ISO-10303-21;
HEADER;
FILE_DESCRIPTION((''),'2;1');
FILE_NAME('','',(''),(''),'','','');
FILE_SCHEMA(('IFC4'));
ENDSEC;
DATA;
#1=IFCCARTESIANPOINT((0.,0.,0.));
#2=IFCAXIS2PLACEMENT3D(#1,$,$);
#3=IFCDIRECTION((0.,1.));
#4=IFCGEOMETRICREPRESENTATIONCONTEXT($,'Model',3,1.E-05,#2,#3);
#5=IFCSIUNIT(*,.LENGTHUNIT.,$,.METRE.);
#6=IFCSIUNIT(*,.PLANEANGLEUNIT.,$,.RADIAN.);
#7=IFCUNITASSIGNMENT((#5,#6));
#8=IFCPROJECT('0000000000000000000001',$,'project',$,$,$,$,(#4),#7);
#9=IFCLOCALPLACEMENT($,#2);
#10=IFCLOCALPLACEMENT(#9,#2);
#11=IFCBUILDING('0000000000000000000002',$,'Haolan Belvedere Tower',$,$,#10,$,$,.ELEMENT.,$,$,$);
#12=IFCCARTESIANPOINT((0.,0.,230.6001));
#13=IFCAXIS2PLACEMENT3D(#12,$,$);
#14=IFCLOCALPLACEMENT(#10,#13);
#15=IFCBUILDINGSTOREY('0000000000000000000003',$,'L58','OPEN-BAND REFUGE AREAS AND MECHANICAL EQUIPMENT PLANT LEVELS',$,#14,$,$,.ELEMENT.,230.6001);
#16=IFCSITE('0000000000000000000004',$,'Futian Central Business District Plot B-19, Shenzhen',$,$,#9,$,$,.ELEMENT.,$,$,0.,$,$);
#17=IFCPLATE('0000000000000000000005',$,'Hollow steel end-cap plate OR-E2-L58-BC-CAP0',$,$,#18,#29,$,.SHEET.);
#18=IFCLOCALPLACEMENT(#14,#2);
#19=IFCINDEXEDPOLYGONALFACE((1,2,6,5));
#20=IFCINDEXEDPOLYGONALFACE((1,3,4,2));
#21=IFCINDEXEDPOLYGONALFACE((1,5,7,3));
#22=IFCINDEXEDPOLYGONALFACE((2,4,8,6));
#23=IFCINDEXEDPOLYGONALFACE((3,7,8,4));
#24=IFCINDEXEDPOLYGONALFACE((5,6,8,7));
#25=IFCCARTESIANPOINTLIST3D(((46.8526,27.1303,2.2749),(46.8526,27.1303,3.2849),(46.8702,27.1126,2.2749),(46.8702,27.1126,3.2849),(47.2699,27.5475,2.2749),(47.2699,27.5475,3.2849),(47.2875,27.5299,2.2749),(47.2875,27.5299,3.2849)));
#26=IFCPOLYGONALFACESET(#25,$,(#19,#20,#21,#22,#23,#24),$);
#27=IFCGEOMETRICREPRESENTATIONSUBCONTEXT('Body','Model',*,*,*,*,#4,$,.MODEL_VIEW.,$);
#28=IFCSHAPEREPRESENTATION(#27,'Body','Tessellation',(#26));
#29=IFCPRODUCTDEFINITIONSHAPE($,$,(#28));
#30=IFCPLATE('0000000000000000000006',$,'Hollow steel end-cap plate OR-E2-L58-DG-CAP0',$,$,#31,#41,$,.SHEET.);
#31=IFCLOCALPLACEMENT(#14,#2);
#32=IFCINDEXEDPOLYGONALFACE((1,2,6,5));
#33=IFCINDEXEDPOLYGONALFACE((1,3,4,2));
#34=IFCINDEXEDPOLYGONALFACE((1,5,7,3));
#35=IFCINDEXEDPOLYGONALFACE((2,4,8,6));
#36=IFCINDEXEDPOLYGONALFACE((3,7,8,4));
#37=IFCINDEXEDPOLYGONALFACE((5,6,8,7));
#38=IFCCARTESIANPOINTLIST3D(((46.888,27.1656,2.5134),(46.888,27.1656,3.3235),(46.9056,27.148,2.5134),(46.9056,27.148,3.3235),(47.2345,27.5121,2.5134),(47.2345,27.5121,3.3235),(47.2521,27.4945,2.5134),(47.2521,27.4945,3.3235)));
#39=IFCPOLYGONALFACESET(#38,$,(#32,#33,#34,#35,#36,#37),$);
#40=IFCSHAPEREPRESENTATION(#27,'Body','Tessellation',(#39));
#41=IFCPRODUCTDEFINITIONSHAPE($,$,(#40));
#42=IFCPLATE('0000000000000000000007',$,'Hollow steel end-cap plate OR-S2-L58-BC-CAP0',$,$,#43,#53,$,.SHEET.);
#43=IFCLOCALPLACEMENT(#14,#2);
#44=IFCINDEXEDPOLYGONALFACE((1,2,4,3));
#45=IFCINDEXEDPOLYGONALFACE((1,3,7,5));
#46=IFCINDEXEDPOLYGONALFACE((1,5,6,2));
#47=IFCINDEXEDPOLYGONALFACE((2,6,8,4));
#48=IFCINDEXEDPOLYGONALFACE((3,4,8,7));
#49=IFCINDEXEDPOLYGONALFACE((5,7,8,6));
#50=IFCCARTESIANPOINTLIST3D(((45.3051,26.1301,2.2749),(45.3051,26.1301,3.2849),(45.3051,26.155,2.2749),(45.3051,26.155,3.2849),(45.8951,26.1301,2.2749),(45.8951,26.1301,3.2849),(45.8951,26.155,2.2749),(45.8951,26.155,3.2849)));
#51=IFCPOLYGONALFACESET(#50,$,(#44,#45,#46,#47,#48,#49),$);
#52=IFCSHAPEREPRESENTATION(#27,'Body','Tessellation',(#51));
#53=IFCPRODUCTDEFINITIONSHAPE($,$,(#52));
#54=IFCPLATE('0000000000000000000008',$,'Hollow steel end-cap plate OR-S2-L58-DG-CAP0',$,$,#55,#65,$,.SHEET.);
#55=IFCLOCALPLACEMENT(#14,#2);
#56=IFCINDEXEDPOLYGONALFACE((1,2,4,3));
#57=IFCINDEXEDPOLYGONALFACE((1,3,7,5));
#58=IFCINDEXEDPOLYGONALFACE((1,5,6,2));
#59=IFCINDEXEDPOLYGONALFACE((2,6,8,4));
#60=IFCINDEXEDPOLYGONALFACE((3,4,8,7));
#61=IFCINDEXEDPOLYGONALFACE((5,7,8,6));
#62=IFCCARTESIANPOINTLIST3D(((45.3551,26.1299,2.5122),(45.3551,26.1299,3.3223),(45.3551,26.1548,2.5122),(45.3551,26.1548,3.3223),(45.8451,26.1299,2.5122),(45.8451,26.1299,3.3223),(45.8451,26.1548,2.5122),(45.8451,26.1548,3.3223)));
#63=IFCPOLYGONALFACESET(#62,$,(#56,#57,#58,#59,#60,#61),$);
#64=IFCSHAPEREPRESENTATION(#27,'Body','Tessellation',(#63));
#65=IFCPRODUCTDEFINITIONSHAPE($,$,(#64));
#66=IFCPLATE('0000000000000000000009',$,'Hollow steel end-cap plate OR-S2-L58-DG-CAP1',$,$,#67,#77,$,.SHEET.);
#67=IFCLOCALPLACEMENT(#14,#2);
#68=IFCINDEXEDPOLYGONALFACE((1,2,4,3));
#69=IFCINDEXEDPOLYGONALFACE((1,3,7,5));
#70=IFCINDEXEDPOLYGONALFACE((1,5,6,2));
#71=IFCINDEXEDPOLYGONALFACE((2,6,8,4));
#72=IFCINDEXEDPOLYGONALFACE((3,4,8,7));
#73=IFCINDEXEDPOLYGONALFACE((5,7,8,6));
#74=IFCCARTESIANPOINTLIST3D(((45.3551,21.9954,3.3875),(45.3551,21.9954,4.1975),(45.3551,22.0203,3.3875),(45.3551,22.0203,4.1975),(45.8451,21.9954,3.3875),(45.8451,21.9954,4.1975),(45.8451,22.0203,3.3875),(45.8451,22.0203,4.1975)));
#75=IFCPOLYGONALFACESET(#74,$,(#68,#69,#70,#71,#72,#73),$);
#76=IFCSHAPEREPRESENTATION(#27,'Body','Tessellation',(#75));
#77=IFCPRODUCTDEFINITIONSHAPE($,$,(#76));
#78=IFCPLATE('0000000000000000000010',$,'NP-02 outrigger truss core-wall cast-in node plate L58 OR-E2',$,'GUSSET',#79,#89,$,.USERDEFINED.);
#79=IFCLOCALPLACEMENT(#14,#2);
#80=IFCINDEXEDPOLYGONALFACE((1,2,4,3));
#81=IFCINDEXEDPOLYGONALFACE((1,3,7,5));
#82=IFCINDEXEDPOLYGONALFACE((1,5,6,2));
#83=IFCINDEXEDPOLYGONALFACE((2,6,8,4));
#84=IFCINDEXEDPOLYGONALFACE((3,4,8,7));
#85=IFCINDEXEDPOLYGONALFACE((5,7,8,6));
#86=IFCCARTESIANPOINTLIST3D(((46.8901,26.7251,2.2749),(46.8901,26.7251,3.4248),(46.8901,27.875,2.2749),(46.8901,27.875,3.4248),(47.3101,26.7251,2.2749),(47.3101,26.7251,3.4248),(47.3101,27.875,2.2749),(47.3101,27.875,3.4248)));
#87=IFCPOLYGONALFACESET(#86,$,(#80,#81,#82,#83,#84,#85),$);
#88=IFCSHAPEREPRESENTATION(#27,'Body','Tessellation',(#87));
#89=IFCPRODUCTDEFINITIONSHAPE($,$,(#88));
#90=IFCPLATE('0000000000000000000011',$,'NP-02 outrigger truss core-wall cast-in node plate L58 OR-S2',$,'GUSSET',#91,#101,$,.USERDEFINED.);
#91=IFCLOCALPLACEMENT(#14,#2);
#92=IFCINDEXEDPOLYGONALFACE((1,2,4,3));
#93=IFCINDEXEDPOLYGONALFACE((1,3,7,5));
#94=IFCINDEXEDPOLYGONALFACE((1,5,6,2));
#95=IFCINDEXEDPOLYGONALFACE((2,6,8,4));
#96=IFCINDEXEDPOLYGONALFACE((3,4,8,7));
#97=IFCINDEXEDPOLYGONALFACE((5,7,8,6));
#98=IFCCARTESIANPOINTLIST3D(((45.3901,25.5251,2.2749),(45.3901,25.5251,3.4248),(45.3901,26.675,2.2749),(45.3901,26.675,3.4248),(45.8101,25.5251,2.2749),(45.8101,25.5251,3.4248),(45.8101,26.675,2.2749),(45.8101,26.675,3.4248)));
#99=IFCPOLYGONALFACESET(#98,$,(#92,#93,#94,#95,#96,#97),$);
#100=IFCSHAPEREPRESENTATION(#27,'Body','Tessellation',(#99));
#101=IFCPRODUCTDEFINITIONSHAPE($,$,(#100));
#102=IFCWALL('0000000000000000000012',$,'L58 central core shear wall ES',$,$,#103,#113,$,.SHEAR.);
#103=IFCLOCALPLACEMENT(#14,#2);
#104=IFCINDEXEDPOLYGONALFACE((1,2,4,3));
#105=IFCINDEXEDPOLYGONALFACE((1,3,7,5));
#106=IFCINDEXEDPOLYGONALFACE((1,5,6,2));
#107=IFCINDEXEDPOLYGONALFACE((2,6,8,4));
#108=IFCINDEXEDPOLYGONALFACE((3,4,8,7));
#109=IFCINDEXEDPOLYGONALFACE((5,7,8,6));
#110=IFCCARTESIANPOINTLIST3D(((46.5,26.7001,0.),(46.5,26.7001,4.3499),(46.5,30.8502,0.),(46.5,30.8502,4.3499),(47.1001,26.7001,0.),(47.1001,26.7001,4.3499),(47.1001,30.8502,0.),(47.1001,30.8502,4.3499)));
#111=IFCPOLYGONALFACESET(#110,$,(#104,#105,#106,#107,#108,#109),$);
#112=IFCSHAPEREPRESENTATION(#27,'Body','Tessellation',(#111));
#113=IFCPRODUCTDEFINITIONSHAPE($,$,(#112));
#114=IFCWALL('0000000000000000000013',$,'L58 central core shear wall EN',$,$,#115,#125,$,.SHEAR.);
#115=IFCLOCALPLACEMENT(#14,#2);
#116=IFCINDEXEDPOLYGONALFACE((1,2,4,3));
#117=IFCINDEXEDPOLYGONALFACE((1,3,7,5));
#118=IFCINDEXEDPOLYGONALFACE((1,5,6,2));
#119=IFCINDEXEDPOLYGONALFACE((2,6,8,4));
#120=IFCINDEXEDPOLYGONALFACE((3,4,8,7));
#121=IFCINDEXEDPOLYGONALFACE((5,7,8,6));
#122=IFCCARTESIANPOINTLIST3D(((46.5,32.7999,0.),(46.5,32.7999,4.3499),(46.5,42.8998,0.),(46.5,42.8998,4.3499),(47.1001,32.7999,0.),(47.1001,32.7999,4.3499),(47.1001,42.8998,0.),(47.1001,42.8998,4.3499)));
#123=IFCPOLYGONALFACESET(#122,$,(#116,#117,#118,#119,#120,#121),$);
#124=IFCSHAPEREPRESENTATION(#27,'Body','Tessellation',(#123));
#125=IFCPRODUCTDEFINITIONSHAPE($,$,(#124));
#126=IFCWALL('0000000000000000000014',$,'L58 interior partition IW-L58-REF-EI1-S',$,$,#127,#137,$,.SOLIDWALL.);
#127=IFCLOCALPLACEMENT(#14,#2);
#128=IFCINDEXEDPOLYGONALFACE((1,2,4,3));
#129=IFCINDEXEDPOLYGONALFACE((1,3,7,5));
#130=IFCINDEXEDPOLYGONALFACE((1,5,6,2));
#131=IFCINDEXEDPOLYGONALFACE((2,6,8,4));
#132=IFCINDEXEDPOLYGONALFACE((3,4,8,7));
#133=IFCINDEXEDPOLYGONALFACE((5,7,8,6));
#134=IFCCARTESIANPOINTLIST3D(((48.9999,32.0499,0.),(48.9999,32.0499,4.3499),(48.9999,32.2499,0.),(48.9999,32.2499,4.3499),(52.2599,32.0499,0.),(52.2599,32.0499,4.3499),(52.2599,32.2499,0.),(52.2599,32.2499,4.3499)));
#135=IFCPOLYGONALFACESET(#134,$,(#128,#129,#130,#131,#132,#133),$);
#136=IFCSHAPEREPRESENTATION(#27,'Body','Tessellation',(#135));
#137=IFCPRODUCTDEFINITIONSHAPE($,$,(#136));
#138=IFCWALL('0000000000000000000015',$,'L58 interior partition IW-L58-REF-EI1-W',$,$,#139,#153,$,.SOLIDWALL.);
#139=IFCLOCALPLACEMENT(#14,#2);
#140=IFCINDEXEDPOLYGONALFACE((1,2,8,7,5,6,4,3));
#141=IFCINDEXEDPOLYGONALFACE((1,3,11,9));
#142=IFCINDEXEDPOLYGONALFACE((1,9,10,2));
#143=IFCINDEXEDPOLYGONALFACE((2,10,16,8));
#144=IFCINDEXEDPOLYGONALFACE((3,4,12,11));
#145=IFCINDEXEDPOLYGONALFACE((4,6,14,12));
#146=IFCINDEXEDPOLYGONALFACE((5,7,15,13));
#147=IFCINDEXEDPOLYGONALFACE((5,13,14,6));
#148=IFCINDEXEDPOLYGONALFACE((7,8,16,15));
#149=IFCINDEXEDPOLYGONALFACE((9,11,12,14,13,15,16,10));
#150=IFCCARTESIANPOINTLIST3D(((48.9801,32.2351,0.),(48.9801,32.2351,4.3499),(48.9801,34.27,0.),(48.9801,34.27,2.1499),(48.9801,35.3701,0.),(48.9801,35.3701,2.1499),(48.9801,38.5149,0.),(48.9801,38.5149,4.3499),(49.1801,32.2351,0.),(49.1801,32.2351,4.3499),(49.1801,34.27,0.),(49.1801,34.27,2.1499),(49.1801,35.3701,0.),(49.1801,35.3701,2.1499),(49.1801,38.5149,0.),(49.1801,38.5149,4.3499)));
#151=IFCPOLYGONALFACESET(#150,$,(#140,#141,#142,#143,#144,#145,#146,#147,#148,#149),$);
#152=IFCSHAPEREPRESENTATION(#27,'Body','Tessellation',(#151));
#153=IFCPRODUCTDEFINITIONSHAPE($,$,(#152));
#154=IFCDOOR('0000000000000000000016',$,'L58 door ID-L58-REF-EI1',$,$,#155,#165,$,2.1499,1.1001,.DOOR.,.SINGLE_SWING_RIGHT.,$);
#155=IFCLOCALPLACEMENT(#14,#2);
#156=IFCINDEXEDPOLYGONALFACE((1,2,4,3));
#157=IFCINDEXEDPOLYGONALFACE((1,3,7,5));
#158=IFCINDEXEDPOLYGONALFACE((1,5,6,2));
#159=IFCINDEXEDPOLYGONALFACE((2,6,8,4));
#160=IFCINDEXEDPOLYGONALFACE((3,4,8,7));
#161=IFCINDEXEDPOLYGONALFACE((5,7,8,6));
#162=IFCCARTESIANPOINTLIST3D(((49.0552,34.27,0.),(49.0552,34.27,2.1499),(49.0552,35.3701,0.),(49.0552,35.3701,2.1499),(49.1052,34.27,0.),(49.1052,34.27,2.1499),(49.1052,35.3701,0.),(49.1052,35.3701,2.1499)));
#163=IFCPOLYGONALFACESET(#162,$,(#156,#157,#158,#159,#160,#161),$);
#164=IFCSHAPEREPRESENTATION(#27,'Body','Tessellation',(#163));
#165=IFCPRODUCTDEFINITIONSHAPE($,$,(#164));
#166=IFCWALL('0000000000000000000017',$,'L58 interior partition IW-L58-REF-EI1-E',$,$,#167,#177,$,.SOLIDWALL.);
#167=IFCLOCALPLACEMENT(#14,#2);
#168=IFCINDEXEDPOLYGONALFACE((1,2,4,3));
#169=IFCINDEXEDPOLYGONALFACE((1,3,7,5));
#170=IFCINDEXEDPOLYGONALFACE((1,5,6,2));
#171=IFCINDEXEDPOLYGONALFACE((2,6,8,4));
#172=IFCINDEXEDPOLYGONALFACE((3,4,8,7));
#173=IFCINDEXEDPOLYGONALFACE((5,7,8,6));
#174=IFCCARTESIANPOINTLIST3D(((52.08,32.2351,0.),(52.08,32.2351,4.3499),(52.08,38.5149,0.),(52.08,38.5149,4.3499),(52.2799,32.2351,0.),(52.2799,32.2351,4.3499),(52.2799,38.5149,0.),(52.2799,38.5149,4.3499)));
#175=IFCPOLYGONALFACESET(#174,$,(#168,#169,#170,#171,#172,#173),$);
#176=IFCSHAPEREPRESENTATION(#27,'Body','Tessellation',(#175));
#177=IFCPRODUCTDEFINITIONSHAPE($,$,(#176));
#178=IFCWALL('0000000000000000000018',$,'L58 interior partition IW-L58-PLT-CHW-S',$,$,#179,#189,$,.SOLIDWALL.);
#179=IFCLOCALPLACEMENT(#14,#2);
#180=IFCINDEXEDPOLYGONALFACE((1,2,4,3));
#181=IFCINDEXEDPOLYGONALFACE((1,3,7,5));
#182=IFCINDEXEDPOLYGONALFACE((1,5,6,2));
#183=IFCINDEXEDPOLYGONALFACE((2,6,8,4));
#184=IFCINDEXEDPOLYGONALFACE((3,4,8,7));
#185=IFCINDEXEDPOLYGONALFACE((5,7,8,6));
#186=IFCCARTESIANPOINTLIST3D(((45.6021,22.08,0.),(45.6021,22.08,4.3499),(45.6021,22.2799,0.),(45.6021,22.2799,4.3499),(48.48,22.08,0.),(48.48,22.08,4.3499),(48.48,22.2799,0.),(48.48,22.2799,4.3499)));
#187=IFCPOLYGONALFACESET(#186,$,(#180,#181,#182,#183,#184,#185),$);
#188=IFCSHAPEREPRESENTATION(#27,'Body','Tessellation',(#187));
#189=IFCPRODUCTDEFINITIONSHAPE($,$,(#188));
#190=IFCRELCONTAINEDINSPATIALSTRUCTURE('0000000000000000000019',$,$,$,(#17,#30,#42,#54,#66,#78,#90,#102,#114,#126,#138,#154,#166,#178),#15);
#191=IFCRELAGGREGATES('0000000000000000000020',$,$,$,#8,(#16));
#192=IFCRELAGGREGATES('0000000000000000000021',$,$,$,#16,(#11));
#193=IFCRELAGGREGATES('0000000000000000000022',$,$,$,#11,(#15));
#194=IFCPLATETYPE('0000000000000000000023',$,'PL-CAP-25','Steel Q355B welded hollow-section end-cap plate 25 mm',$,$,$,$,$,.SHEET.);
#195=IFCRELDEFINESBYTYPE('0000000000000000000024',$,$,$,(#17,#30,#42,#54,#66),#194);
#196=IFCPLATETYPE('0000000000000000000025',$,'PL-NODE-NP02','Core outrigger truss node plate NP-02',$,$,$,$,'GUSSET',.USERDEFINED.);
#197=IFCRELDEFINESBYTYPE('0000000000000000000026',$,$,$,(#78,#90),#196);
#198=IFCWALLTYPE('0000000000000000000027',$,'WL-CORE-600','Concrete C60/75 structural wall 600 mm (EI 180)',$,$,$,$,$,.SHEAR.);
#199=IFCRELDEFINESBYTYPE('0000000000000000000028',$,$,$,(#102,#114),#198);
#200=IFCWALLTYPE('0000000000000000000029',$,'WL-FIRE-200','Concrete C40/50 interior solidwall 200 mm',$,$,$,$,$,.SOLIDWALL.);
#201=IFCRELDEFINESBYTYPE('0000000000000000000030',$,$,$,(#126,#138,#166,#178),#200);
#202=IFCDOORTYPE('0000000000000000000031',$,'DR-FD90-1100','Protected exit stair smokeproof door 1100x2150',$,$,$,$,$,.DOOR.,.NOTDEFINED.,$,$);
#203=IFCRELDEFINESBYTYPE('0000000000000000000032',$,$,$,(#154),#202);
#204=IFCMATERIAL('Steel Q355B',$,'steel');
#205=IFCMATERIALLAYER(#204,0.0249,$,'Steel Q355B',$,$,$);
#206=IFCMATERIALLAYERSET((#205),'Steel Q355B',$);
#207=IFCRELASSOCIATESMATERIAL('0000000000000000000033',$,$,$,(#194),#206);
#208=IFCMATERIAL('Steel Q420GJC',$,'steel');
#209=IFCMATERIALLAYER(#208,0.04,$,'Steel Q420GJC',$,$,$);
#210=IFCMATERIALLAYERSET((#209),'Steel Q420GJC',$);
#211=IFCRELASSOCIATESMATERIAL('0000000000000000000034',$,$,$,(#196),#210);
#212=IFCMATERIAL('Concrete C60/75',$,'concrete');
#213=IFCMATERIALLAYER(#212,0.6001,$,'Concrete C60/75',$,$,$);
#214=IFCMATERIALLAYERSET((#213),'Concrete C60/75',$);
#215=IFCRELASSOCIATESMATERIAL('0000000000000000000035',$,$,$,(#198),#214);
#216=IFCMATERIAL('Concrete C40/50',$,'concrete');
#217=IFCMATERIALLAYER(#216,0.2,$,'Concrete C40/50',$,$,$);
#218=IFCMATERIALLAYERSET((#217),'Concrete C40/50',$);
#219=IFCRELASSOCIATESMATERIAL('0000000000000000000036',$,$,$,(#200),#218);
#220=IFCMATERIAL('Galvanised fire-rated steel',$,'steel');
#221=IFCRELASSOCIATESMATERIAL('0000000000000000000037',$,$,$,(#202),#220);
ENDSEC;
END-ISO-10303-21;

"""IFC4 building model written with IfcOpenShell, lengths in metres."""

from ifc_helpers import new_model, si_unit, direction, frame, frame_2d, origin, origin_2d, place, context, subcontext, project, spatial, rectangle, extrude, material, layer, layer_set, type_object, element, fill, save


model = new_model("IFC4")

# Units and contexts
model_context = context("Model", 3, precision=1e-05, world=origin(), true_north=direction((0.0, 1.0)))
body_context = subcontext(model_context, "Body", "Model", "MODEL_VIEW")
ifc_project = project(units=[si_unit("LENGTHUNIT", "METRE"), si_unit("PLANEANGLEUNIT", "RADIAN")], contexts=[model_context])

# Site, building, storey
site_placement = place(None, origin())
site = spatial("IfcSite", under=ifc_project, at=site_placement, Name="Futian Central Business District Plot B-19, Shenzhen", CompositionType="ELEMENT", RefElevation=0.0)
building_placement = place(site_placement, origin())
building = spatial("IfcBuilding", under=site, at=building_placement, Name="Haolan Belvedere Tower", CompositionType="ELEMENT")
storey_placement = place(building_placement, frame((0.0, 0.0, 230.6001)))
storey = spatial("IfcBuildingStorey", under=building, at=storey_placement, Name="L58", Description="OPEN-BAND REFUGE AREAS AND MECHANICAL EQUIPMENT PLANT LEVELS", CompositionType="ELEMENT", Elevation=230.6001)

# Shared definitions
ifc_material_1 = material(Name="Steel Q420GJC", Category="steel")
ifc_material_2 = material(Name="Steel Q355B", Category="steel")
ifc_material_3 = material(Name="Concrete C60/75", Category="concrete")

# Plates
ifc_layer_1 = layer(ifc_material_2, 0.0249, Name="Steel Q355B")
ifc_layer_set_1 = layer_set([ifc_layer_1], Name="Steel Q355B")
plate_type_1 = type_object("IfcPlateType", Name="PL-CAP-25", Description="Steel Q355B welded hollow-section end-cap plate 25 mm", PredefinedType="SHEET", material=ifc_layer_set_1)
plate_1_placement = place(storey_placement, frame((47.0701, 27.3301, 2.2749), z_axis=(0.0, 0.0, 1.0), x_axis=(-0.707107, -0.707107, 0.0)))
element("IfcPlate", 1, at=plate_1_placement, inside=storey, type_object=plate_type_1, Name="Hollow steel end-cap plate OR-E2-L58-BC-CAP0", PredefinedType="SHEET", context=body_context, shape_type="SweptSolid", body=[
    extrude(rectangle(XDim=0.5901, YDim=0.0249, at=origin_2d()), origin(), (0.0, 0.0, 1.0), 1.01),
])
plate_2_placement = place(storey_placement, frame((47.0701, 27.3301, 2.5134), z_axis=(0.0, 0.0, 1.0), x_axis=(-0.707107, -0.707107, 0.0)))
element("IfcPlate", 2, at=plate_2_placement, inside=storey, type_object=plate_type_1, Name="Hollow steel end-cap plate OR-E2-L58-DG-CAP0", PredefinedType="SHEET", context=body_context, shape_type="SweptSolid", body=[
    extrude(rectangle(XDim=0.49, YDim=0.0249, at=origin_2d()), origin(), (0.0, 0.0, 1.0), 0.8101),
])
plate_3_placement = place(storey_placement, frame((45.6001, 26.1426, 2.2749), z_axis=(0.0, 0.0, 1.0), x_axis=(-1.0, 0.0, 0.0)))
element("IfcPlate", 3, at=plate_3_placement, inside=storey, type_object=plate_type_1, Name="Hollow steel end-cap plate OR-S2-L58-BC-CAP0", PredefinedType="SHEET", context=body_context, shape_type="SweptSolid", body=[
    extrude(rectangle(XDim=0.5901, YDim=0.0249, at=origin_2d()), origin(), (0.0, 0.0, 1.0), 1.01),
])
for number, where, z_axis, x_axis, name in (
    (4, (45.6001, 26.1423, 2.5122), (0.0, 0.0, 1.0), (-1.0, 0.0, 0.0), "Hollow steel end-cap plate OR-S2-L58-DG-CAP0"),
    (5, (45.6001, 22.0078, 3.3875), (0.0, 0.0, 1.0), (1.0, 0.0, 0.0), "Hollow steel end-cap plate OR-S2-L58-DG-CAP1"),
):
    element("IfcPlate", number, at=place(storey_placement, frame(where, z_axis=z_axis, x_axis=x_axis)), inside=storey, type_object=plate_type_1, Name=name, PredefinedType="SHEET", context=body_context, shape_type="SweptSolid", body=[
        extrude(rectangle(XDim=0.49, YDim=0.0249, at=origin_2d()), origin(), (0.0, 0.0, 1.0), 0.8101),
    ])
ifc_layer_2 = layer(ifc_material_1, 0.04, Name="Steel Q420GJC")
ifc_layer_set_2 = layer_set([ifc_layer_2], Name="Steel Q420GJC")
plate_type_2 = type_object("IfcPlateType", Name="PL-NODE-NP02", Description="Core outrigger truss node plate NP-02", ElementType="GUSSET", PredefinedType="USERDEFINED", material=ifc_layer_set_2)
for number, where, z_axis, x_axis, name in (
    (6, (47.1001, 27.3, 2.2749), (0.0, 0.0, 1.0), (1.0, 0.0, 0.0), "NP-02 outrigger truss core-wall cast-in node plate L58 OR-E2"),
    (7, (45.6001, 26.1001, 2.2749), (0.0, 0.0, 1.0), (1.0, 0.0, 0.0), "NP-02 outrigger truss core-wall cast-in node plate L58 OR-S2"),
):
    element("IfcPlate", number, at=place(storey_placement, frame(where, z_axis=z_axis, x_axis=x_axis)), inside=storey, type_object=plate_type_2, Name=name, ObjectType="GUSSET", PredefinedType="USERDEFINED", context=body_context, shape_type="SweptSolid", body=[
        extrude(rectangle(XDim=0.4199, YDim=1.1499, at=origin_2d()), origin(), (0.0, 0.0, 1.0), 1.1499),
    ])

# Walls
ifc_layer_3 = layer(ifc_material_3, 0.6001, Name="Concrete C60/75")
ifc_layer_set_3 = layer_set([ifc_layer_3], Name="Concrete C60/75")
wall_type_1 = type_object("IfcWallType", Name="WL-CORE-600", Description="Concrete C60/75 structural wall 600 mm (EI 180)", PredefinedType="SHEAR", material=ifc_layer_set_3)
wall_1_placement = place(storey_placement, frame((46.8, 26.7, 0.0), z_axis=(0.0, 0.0, 1.0), x_axis=(0.0, 1.0, 0.0)))
element("IfcWall", 8, at=wall_1_placement, inside=storey, type_object=wall_type_1, Name="L58 central core shear wall ES", PredefinedType="SHEAR", context=body_context, shape_type="SweptSolid", body=[
    extrude(rectangle(XDim=4.1501, YDim=0.6001, at=frame_2d((2.0752, 0.0))), origin(), (0.0, 0.0, 1.0), 4.3499),
])
wall_2_placement = place(storey_placement, frame((46.8, 32.8, 0.0), z_axis=(0.0, 0.0, 1.0), x_axis=(0.0, 1.0, 0.0)))
element("IfcWall", 9, at=wall_2_placement, inside=storey, type_object=wall_type_1, Name="L58 central core shear wall EN", PredefinedType="SHEAR", context=body_context, shape_type="SweptSolid", body=[
    extrude(rectangle(XDim=10.0999, YDim=0.6001, at=frame_2d((5.0498, 0.0))), origin(), (0.0, 0.0, 1.0), 4.3499),
])
ifc_material_4 = material(Name="Concrete C40/50", Category="concrete")
ifc_layer_4 = layer(ifc_material_4, 0.2, Name="Concrete C40/50")
ifc_layer_set_4 = layer_set([ifc_layer_4], Name="Concrete C40/50")
wall_type_2 = type_object("IfcWallType", Name="WL-FIRE-200", Description="Concrete C40/50 interior solidwall 200 mm", PredefinedType="SOLIDWALL", material=ifc_layer_set_4)
wall_3_placement = place(storey_placement, frame((49.0, 32.1499, 0.0), z_axis=(0.0, 0.0, 1.0), x_axis=(1.0, 0.0, 0.0)))
element("IfcWall", 10, at=wall_3_placement, inside=storey, type_object=wall_type_2, Name="L58 interior partition IW-L58-REF-EI1-S", PredefinedType="SOLIDWALL", context=body_context, shape_type="SweptSolid", body=[
    extrude(rectangle(XDim=3.26, YDim=0.2, at=frame_2d((1.6299, 0.0))), origin(), (0.0, 0.0, 1.0), 4.3499),
])

# Wall, opening, door
wall_4_placement = place(storey_placement, frame((49.0801, 32.2351, 0.0), z_axis=(0.0, 0.0, 1.0), x_axis=(0.0, 1.0, 0.0)))
wall_4 = element("IfcWall", 11, at=wall_4_placement, inside=storey, type_object=wall_type_2, Name="L58 interior partition IW-L58-REF-EI1-W", PredefinedType="SOLIDWALL", context=body_context, shape_type="SweptSolid", body=[
    extrude(rectangle(XDim=6.2798, YDim=0.2, at=frame_2d((3.1399, 0.0))), origin(), (0.0, 0.0, 1.0), 4.3499),
])
opening_placement = place(wall_4_placement, frame((2.0349, 0.0, 0.0)))
opening = element("IfcOpeningElement", 12, at=opening_placement, cuts=wall_4, PredefinedType="OPENING", context=body_context, shape_type="SweptSolid", body=[
    extrude(rectangle(XDim=1.1001, YDim=2.1499, at=frame_2d((0.55, 1.075))), frame((0.0, 0.1099, 0.0), z_axis=(0.0, -1.0, 0.0), x_axis=(1.0, 0.0, 0.0)), (0.0, 0.0, 1.0), 0.22),
])
ifc_material_5 = material(Name="Galvanised fire-rated steel", Category="steel")
door_type = type_object("IfcDoorType", Name="DR-FD90-1100", Description="Protected exit stair smokeproof door 1100x2150", OperationType="NOTDEFINED", PredefinedType="DOOR", material=ifc_material_5)
door_placement = place(opening_placement, origin())
door = element("IfcDoor", 13, at=door_placement, inside=storey, type_object=door_type, Name="L58 door ID-L58-REF-EI1", OperationType="SINGLE_SWING_RIGHT", OverallHeight=2.1499, OverallWidth=1.1001, PredefinedType="DOOR", context=body_context, shape_type="SweptSolid", body=[
    extrude(rectangle(XDim=1.1001, YDim=2.1499, at=frame_2d((0.55, 1.075))), frame((0.0, 0.0249, 0.0), z_axis=(0.0, -1.0, 0.0), x_axis=(1.0, 0.0, 0.0)), (0.0, 0.0, 1.0), 0.05),
])
fill(opening, door)

# Walls
wall_5_placement = place(storey_placement, frame((52.1799, 32.2351, 0.0), z_axis=(0.0, 0.0, 1.0), x_axis=(0.0, 1.0, 0.0)))
element("IfcWall", 14, at=wall_5_placement, inside=storey, type_object=wall_type_2, Name="L58 interior partition IW-L58-REF-EI1-E", PredefinedType="SOLIDWALL", context=body_context, shape_type="SweptSolid", body=[
    extrude(rectangle(XDim=6.2798, YDim=0.2, at=frame_2d((3.1399, 0.0))), origin(), (0.0, 0.0, 1.0), 4.3499),
])
wall_6_placement = place(storey_placement, frame((45.6021, 22.1799, 0.0), z_axis=(0.0, 0.0, 1.0), x_axis=(1.0, 0.0, 0.0)))
element("IfcWall", 15, at=wall_6_placement, inside=storey, type_object=wall_type_2, Name="L58 interior partition IW-L58-PLT-CHW-S", PredefinedType="SOLIDWALL", context=body_context, shape_type="SweptSolid", body=[
    extrude(rectangle(XDim=2.8779, YDim=0.2, at=frame_2d((1.439, 0.0))), origin(), (0.0, 0.0, 1.0), 4.3499),
])

save(model, "model.ifc")
